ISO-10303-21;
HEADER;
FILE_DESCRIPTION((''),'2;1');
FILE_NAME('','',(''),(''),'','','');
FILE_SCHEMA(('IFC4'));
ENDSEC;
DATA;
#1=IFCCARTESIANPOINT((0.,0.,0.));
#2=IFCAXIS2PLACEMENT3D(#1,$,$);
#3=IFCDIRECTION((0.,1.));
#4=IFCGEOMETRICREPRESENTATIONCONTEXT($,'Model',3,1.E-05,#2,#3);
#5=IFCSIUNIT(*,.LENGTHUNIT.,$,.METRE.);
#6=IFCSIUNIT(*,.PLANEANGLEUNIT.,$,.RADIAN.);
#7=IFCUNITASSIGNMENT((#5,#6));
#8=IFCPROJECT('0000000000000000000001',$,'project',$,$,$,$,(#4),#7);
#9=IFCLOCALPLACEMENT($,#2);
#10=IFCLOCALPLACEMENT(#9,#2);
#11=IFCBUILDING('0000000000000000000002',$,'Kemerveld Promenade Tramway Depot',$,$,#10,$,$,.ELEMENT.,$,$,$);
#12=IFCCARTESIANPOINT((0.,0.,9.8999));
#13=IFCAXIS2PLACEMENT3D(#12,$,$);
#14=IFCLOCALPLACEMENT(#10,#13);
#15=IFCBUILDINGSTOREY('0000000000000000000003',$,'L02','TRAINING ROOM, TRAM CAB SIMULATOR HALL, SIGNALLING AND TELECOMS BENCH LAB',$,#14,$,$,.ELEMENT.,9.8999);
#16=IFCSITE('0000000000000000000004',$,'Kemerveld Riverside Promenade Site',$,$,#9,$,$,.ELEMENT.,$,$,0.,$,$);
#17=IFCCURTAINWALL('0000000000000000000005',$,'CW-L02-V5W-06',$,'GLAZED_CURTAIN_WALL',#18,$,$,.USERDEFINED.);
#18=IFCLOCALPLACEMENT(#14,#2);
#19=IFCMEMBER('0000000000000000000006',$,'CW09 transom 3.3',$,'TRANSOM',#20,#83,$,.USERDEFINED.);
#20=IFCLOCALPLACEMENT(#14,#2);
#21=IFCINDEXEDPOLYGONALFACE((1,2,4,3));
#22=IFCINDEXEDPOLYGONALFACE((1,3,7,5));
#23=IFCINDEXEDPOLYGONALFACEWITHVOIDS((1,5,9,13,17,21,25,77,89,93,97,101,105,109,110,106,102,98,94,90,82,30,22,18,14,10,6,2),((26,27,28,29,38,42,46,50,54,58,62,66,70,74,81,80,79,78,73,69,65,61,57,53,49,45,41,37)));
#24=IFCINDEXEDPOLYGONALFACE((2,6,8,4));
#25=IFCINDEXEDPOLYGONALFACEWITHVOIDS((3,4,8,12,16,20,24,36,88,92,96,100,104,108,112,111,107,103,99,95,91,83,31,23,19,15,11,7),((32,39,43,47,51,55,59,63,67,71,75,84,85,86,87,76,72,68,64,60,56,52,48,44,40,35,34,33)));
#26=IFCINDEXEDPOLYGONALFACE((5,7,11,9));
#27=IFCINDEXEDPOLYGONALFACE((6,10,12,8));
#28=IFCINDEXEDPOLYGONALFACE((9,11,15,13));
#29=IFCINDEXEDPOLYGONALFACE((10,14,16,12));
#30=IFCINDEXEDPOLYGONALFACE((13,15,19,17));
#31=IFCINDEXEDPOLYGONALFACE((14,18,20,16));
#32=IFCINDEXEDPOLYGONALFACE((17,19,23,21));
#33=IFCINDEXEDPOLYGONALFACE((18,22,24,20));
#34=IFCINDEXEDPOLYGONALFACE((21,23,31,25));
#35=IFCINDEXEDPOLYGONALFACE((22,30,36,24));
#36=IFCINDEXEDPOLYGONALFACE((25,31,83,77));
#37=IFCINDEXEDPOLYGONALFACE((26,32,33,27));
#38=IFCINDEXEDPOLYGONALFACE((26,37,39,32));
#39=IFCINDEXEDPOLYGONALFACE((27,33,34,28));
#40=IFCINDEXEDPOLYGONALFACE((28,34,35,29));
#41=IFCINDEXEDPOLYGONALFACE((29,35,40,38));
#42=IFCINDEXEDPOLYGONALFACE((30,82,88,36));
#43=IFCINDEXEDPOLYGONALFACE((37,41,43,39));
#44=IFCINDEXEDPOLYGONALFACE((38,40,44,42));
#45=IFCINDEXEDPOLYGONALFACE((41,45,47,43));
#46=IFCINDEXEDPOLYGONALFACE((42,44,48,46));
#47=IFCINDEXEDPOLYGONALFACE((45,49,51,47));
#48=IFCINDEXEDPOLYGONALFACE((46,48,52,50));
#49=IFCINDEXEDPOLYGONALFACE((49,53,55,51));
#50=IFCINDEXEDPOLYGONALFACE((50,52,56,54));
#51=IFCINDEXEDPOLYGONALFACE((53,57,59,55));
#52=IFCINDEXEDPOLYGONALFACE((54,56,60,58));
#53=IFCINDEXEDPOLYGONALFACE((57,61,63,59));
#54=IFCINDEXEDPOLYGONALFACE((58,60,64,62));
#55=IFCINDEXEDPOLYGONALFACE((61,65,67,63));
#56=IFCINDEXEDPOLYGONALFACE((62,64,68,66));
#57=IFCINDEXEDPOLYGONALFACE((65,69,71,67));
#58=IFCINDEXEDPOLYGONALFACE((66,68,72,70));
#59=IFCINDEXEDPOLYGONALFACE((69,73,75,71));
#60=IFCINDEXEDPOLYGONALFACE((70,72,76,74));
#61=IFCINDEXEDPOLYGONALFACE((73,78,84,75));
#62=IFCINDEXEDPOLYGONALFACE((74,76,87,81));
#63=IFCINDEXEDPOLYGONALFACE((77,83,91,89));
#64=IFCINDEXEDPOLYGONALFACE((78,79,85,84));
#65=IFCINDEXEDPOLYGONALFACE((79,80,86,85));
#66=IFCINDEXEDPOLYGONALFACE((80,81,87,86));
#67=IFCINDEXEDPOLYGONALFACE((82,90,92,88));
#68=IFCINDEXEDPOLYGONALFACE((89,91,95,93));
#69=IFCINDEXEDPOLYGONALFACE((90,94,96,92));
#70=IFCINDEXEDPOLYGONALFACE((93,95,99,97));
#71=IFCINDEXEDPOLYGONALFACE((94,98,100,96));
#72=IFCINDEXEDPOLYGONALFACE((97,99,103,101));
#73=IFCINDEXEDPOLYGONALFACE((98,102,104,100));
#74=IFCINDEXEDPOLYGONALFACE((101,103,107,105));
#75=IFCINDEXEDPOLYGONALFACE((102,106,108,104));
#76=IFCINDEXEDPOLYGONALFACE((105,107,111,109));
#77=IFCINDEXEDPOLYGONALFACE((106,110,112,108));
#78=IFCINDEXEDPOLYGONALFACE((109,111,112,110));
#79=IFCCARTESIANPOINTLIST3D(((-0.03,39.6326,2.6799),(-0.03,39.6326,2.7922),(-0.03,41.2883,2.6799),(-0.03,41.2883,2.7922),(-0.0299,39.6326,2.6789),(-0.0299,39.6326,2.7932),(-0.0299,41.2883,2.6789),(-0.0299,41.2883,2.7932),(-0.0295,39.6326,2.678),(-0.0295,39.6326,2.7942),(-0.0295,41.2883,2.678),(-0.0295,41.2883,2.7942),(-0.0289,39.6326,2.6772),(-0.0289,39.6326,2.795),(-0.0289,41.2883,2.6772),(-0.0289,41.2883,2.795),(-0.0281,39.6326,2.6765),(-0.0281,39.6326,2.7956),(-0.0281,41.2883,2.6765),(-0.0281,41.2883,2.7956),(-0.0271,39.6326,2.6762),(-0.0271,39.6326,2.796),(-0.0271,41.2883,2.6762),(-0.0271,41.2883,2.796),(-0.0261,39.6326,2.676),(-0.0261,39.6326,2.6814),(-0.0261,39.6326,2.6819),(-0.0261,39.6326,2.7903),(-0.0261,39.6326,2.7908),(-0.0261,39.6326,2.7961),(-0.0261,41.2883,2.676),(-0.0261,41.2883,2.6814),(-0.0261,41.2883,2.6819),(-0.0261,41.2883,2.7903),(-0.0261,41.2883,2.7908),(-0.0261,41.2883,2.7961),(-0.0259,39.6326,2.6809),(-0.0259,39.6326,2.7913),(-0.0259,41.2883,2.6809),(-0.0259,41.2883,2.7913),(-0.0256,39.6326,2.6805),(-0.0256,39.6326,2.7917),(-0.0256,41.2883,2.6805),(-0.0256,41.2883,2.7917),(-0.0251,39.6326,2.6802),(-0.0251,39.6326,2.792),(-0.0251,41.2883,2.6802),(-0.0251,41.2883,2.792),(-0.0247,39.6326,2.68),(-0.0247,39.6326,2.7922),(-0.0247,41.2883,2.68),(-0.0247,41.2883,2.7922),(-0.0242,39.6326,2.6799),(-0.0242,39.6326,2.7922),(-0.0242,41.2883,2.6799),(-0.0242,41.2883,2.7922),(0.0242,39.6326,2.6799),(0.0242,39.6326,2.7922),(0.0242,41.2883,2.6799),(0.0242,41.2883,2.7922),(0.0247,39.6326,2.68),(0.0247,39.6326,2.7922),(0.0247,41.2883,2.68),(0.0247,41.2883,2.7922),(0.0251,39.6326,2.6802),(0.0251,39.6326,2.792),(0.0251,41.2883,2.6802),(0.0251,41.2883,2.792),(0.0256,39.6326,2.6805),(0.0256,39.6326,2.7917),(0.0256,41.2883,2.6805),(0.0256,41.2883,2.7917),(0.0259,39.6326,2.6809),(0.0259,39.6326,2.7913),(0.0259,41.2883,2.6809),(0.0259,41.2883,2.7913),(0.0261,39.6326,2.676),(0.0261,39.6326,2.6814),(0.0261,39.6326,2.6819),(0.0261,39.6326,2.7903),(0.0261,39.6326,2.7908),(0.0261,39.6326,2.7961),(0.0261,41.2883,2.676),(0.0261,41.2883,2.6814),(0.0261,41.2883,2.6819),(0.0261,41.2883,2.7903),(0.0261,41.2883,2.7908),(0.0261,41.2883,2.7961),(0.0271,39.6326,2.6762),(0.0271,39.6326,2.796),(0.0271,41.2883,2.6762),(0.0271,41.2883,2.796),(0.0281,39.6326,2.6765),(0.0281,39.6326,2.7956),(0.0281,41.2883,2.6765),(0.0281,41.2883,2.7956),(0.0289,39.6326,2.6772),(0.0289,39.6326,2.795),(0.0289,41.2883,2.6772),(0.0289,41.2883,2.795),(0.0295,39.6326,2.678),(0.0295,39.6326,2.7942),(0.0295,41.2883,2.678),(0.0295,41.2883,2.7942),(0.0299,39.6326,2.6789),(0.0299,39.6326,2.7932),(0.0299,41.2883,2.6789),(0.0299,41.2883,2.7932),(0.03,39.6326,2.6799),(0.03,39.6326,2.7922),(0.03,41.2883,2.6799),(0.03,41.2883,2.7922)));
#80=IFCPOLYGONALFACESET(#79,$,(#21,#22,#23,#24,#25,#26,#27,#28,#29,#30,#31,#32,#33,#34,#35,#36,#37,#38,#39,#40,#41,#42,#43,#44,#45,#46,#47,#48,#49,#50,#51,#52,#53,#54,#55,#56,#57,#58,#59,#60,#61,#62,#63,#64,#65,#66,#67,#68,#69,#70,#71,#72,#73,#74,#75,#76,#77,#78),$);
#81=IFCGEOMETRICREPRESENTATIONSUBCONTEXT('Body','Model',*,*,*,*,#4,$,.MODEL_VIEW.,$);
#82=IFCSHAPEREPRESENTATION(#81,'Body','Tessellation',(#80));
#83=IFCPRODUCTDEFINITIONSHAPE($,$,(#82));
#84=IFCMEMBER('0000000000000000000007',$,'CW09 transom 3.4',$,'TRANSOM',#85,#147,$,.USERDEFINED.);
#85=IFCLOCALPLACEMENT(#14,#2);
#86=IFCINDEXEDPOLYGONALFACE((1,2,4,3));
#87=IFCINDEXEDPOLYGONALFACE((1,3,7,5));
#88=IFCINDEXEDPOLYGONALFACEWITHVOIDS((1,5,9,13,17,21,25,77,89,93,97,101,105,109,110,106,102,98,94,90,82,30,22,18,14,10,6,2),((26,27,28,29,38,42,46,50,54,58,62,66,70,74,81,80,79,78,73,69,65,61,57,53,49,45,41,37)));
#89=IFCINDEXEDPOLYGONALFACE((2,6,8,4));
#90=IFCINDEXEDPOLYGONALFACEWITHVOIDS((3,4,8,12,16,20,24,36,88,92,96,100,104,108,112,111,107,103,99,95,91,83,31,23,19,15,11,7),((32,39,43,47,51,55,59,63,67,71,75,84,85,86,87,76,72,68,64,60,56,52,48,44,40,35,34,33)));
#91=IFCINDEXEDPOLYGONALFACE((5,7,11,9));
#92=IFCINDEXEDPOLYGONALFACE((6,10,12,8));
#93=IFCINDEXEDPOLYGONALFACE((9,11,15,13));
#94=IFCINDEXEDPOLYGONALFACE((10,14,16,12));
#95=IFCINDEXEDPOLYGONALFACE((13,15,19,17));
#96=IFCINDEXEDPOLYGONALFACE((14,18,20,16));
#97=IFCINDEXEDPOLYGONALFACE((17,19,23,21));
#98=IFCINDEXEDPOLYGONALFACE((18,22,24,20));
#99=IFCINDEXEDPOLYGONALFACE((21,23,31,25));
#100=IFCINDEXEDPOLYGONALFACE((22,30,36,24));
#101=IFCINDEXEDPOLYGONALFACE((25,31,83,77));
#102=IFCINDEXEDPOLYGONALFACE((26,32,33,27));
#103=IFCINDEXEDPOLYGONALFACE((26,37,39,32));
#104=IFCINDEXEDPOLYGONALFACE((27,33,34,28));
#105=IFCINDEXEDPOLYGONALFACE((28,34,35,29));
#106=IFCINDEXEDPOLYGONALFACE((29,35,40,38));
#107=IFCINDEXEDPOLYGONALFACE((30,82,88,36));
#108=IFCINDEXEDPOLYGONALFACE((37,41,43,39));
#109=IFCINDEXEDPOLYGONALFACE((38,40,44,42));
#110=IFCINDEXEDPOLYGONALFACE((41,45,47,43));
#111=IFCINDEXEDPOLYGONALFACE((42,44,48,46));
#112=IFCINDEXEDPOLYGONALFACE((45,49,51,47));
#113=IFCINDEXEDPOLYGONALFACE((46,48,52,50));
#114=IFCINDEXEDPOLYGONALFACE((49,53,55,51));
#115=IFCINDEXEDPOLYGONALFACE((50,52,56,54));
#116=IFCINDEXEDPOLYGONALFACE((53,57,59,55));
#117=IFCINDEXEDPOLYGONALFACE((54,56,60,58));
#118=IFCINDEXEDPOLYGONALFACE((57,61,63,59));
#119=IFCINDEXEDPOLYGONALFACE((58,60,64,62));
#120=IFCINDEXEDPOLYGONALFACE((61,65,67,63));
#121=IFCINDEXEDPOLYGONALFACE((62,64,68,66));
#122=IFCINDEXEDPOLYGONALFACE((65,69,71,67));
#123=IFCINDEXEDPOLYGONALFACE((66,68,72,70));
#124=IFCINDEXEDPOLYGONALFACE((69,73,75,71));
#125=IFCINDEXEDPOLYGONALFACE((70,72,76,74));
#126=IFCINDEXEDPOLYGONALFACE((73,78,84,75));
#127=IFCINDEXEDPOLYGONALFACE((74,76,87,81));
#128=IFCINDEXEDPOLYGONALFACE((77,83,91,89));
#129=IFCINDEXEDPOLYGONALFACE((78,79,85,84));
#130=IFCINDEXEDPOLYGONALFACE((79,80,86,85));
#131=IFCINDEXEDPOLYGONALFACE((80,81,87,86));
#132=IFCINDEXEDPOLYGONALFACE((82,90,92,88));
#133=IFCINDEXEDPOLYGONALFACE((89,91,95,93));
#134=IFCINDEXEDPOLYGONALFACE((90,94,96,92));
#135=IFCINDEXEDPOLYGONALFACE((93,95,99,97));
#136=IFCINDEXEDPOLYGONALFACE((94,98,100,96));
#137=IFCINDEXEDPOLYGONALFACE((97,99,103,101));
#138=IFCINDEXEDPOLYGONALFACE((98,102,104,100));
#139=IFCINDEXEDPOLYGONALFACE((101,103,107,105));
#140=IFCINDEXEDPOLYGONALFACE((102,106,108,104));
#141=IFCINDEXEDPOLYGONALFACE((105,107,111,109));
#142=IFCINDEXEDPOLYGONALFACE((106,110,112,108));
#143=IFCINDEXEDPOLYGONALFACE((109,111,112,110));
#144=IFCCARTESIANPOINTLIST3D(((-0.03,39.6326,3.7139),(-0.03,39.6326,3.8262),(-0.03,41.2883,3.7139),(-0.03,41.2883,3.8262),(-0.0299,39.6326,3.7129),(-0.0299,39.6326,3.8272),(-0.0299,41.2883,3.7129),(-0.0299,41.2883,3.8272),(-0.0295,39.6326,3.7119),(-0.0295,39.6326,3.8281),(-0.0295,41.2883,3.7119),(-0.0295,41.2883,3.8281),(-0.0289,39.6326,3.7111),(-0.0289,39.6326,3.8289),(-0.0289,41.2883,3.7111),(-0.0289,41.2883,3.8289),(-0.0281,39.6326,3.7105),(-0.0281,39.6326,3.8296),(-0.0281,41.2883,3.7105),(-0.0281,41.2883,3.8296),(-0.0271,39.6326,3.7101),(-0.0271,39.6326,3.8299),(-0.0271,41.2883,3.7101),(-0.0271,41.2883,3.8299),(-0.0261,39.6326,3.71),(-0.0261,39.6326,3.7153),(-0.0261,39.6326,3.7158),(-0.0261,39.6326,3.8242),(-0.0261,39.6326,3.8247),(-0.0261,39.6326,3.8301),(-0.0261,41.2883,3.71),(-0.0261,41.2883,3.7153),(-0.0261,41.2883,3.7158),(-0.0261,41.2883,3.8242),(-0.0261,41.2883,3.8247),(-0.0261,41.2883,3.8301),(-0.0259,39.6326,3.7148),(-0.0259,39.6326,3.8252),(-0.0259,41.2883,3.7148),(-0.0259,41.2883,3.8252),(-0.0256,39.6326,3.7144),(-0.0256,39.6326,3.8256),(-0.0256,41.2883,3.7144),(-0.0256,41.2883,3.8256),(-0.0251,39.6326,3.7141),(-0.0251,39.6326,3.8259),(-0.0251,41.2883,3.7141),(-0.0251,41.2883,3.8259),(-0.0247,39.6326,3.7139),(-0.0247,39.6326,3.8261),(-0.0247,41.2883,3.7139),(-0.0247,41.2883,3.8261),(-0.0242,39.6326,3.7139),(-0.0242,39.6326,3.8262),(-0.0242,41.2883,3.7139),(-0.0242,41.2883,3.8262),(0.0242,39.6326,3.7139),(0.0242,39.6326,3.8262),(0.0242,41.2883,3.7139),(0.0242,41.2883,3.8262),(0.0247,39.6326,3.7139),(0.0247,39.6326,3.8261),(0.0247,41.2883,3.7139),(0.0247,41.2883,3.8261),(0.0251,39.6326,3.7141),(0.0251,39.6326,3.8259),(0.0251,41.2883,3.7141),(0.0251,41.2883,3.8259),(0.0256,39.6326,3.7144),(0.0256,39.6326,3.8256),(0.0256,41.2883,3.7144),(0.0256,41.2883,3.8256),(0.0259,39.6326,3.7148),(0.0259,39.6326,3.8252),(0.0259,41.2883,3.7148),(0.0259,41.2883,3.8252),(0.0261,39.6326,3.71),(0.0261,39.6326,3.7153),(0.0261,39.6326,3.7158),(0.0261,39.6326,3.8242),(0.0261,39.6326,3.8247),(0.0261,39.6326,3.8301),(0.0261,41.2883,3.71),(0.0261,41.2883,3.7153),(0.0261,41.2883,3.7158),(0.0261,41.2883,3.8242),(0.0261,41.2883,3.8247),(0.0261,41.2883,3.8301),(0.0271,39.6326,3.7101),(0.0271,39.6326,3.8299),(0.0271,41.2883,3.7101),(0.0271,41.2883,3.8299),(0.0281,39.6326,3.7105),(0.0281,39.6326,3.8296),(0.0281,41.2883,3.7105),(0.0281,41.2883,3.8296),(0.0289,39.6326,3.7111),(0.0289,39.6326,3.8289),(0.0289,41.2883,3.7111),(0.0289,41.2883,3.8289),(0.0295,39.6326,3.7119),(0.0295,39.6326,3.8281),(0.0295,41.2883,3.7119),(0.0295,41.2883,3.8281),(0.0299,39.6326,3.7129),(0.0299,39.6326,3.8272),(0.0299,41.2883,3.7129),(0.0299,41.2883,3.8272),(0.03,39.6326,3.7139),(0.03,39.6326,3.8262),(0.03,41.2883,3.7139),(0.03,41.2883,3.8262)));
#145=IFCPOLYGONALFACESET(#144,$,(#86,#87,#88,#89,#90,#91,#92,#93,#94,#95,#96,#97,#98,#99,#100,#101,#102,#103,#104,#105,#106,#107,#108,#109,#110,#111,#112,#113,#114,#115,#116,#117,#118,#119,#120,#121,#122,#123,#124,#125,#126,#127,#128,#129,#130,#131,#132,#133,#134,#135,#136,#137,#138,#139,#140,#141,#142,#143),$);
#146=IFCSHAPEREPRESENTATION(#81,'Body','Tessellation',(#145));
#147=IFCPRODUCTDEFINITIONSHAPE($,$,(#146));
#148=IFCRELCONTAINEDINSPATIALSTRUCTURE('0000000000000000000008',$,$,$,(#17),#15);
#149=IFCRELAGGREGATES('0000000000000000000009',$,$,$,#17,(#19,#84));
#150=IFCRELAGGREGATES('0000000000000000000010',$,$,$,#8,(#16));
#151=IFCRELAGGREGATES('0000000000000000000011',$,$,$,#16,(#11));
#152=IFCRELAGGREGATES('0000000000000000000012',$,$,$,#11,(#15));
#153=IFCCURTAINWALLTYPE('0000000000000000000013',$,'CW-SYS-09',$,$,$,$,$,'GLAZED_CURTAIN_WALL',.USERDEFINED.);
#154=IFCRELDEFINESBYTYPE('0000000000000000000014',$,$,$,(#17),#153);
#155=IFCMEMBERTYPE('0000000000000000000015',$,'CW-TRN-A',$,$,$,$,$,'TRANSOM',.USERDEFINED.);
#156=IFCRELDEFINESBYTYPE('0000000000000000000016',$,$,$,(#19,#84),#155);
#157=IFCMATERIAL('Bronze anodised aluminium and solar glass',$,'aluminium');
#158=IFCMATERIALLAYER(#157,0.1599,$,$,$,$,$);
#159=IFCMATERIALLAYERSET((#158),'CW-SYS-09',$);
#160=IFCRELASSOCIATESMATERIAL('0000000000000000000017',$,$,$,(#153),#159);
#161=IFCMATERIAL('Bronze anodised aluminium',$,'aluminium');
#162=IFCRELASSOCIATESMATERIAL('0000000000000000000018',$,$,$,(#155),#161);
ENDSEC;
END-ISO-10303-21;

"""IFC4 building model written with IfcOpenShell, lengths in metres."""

from ifc_helpers import new_model, si_unit, direction, frame, origin, origin_2d, place, context, subcontext, project, spatial, hollow_rectangle, extrude, material, layer, layer_set, material_profile, profile_set, type_object, element, aggregate, save


model = new_model("IFC4")

# Units and contexts
model_context = context("Model", 3, precision=1e-05, world=origin(), true_north=direction((0.0, 1.0)))
body_context = subcontext(model_context, "Body", "Model", "MODEL_VIEW")
ifc_project = project(units=[si_unit("LENGTHUNIT", "METRE"), si_unit("PLANEANGLEUNIT", "RADIAN")], contexts=[model_context])

# Site, building, storey
site_placement = place(None, origin())
site = spatial("IfcSite", under=ifc_project, at=site_placement, Name="Kemerveld Riverside Promenade Site", CompositionType="ELEMENT", RefElevation=0.0)
building_placement = place(site_placement, origin())
building = spatial("IfcBuilding", under=site, at=building_placement, Name="Kemerveld Promenade Tramway Depot", CompositionType="ELEMENT")
storey_placement = place(building_placement, frame((0.0, 0.0, 9.8999)))
storey = spatial("IfcBuildingStorey", under=building, at=storey_placement, Name="L02", Description="TRAINING ROOM, TRAM CAB SIMULATOR HALL, SIGNALLING AND TELECOMS BENCH LAB", CompositionType="ELEMENT", Elevation=9.8999)

# Curtain wall, members
ifc_material_1 = material(Name="Bronze anodised aluminium and solar glass", Category="aluminium")
ifc_layer_1 = layer(ifc_material_1, 0.1599)
ifc_layer_set_1 = layer_set([ifc_layer_1], Name="CW-SYS-09")
curtain_wall_type = type_object("IfcCurtainWallType", Name="CW-SYS-09", ElementType="GLAZED_CURTAIN_WALL", PredefinedType="USERDEFINED", material=ifc_layer_set_1)
curtain_wall_placement = place(storey_placement, origin())
curtain_wall = element("IfcCurtainWall", 1, at=curtain_wall_placement, inside=storey, type_object=curtain_wall_type, Name="CW-L02-V5W-06", ObjectType="GLAZED_CURTAIN_WALL", PredefinedType="USERDEFINED")
ifc_material_2 = material(Name="Bronze anodised aluminium", Category="aluminium")
ifc_material_profile_1 = material_profile(ifc_material_2, hollow_rectangle(XDim=0.0601, YDim=0.1201, WallThickness=0.0039, InnerFilletRadius=0.002, OuterFilletRadius=0.0039, at=origin_2d()), Name="CW-TRN-120x60")
ifc_profile_set_1 = profile_set([ifc_material_profile_1], Name="Bronze anodised aluminium")
member_type_1 = type_object("IfcMemberType", Name="CW-TRN-A", ElementType="TRANSOM", PredefinedType="USERDEFINED", material=ifc_profile_set_1)
member_1_placement = place(storey_placement, frame((0.0, 39.6326, 2.7361), z_axis=(0.0, 1.0, 0.0), x_axis=(-1.0, 0.0, 0.0)))
member_1 = element("IfcMember", 2, at=member_1_placement, type_object=member_type_1, Name="CW09 transom 3.3", ObjectType="TRANSOM", PredefinedType="USERDEFINED", context=body_context, shape_type="SweptSolid", body=[
    extrude(hollow_rectangle(XDim=0.0601, YDim=0.1201, WallThickness=0.0039, InnerFilletRadius=0.002, OuterFilletRadius=0.0039, at=origin_2d()), origin(), (0.0, 0.0, 1.0), 1.6558),
])
member_2_placement = place(storey_placement, frame((0.0, 39.6326, 3.77), z_axis=(0.0, 1.0, 0.0), x_axis=(-1.0, 0.0, 0.0)))
member_2 = element("IfcMember", 3, at=member_2_placement, type_object=member_type_1, Name="CW09 transom 3.4", ObjectType="TRANSOM", PredefinedType="USERDEFINED", context=body_context, shape_type="SweptSolid", body=[
    extrude(hollow_rectangle(XDim=0.0601, YDim=0.1201, WallThickness=0.0039, InnerFilletRadius=0.002, OuterFilletRadius=0.0039, at=origin_2d()), origin(), (0.0, 0.0, 1.0), 1.6558),
])
aggregate(curtain_wall, [member_1, member_2])

save(model, "model.ifc")
